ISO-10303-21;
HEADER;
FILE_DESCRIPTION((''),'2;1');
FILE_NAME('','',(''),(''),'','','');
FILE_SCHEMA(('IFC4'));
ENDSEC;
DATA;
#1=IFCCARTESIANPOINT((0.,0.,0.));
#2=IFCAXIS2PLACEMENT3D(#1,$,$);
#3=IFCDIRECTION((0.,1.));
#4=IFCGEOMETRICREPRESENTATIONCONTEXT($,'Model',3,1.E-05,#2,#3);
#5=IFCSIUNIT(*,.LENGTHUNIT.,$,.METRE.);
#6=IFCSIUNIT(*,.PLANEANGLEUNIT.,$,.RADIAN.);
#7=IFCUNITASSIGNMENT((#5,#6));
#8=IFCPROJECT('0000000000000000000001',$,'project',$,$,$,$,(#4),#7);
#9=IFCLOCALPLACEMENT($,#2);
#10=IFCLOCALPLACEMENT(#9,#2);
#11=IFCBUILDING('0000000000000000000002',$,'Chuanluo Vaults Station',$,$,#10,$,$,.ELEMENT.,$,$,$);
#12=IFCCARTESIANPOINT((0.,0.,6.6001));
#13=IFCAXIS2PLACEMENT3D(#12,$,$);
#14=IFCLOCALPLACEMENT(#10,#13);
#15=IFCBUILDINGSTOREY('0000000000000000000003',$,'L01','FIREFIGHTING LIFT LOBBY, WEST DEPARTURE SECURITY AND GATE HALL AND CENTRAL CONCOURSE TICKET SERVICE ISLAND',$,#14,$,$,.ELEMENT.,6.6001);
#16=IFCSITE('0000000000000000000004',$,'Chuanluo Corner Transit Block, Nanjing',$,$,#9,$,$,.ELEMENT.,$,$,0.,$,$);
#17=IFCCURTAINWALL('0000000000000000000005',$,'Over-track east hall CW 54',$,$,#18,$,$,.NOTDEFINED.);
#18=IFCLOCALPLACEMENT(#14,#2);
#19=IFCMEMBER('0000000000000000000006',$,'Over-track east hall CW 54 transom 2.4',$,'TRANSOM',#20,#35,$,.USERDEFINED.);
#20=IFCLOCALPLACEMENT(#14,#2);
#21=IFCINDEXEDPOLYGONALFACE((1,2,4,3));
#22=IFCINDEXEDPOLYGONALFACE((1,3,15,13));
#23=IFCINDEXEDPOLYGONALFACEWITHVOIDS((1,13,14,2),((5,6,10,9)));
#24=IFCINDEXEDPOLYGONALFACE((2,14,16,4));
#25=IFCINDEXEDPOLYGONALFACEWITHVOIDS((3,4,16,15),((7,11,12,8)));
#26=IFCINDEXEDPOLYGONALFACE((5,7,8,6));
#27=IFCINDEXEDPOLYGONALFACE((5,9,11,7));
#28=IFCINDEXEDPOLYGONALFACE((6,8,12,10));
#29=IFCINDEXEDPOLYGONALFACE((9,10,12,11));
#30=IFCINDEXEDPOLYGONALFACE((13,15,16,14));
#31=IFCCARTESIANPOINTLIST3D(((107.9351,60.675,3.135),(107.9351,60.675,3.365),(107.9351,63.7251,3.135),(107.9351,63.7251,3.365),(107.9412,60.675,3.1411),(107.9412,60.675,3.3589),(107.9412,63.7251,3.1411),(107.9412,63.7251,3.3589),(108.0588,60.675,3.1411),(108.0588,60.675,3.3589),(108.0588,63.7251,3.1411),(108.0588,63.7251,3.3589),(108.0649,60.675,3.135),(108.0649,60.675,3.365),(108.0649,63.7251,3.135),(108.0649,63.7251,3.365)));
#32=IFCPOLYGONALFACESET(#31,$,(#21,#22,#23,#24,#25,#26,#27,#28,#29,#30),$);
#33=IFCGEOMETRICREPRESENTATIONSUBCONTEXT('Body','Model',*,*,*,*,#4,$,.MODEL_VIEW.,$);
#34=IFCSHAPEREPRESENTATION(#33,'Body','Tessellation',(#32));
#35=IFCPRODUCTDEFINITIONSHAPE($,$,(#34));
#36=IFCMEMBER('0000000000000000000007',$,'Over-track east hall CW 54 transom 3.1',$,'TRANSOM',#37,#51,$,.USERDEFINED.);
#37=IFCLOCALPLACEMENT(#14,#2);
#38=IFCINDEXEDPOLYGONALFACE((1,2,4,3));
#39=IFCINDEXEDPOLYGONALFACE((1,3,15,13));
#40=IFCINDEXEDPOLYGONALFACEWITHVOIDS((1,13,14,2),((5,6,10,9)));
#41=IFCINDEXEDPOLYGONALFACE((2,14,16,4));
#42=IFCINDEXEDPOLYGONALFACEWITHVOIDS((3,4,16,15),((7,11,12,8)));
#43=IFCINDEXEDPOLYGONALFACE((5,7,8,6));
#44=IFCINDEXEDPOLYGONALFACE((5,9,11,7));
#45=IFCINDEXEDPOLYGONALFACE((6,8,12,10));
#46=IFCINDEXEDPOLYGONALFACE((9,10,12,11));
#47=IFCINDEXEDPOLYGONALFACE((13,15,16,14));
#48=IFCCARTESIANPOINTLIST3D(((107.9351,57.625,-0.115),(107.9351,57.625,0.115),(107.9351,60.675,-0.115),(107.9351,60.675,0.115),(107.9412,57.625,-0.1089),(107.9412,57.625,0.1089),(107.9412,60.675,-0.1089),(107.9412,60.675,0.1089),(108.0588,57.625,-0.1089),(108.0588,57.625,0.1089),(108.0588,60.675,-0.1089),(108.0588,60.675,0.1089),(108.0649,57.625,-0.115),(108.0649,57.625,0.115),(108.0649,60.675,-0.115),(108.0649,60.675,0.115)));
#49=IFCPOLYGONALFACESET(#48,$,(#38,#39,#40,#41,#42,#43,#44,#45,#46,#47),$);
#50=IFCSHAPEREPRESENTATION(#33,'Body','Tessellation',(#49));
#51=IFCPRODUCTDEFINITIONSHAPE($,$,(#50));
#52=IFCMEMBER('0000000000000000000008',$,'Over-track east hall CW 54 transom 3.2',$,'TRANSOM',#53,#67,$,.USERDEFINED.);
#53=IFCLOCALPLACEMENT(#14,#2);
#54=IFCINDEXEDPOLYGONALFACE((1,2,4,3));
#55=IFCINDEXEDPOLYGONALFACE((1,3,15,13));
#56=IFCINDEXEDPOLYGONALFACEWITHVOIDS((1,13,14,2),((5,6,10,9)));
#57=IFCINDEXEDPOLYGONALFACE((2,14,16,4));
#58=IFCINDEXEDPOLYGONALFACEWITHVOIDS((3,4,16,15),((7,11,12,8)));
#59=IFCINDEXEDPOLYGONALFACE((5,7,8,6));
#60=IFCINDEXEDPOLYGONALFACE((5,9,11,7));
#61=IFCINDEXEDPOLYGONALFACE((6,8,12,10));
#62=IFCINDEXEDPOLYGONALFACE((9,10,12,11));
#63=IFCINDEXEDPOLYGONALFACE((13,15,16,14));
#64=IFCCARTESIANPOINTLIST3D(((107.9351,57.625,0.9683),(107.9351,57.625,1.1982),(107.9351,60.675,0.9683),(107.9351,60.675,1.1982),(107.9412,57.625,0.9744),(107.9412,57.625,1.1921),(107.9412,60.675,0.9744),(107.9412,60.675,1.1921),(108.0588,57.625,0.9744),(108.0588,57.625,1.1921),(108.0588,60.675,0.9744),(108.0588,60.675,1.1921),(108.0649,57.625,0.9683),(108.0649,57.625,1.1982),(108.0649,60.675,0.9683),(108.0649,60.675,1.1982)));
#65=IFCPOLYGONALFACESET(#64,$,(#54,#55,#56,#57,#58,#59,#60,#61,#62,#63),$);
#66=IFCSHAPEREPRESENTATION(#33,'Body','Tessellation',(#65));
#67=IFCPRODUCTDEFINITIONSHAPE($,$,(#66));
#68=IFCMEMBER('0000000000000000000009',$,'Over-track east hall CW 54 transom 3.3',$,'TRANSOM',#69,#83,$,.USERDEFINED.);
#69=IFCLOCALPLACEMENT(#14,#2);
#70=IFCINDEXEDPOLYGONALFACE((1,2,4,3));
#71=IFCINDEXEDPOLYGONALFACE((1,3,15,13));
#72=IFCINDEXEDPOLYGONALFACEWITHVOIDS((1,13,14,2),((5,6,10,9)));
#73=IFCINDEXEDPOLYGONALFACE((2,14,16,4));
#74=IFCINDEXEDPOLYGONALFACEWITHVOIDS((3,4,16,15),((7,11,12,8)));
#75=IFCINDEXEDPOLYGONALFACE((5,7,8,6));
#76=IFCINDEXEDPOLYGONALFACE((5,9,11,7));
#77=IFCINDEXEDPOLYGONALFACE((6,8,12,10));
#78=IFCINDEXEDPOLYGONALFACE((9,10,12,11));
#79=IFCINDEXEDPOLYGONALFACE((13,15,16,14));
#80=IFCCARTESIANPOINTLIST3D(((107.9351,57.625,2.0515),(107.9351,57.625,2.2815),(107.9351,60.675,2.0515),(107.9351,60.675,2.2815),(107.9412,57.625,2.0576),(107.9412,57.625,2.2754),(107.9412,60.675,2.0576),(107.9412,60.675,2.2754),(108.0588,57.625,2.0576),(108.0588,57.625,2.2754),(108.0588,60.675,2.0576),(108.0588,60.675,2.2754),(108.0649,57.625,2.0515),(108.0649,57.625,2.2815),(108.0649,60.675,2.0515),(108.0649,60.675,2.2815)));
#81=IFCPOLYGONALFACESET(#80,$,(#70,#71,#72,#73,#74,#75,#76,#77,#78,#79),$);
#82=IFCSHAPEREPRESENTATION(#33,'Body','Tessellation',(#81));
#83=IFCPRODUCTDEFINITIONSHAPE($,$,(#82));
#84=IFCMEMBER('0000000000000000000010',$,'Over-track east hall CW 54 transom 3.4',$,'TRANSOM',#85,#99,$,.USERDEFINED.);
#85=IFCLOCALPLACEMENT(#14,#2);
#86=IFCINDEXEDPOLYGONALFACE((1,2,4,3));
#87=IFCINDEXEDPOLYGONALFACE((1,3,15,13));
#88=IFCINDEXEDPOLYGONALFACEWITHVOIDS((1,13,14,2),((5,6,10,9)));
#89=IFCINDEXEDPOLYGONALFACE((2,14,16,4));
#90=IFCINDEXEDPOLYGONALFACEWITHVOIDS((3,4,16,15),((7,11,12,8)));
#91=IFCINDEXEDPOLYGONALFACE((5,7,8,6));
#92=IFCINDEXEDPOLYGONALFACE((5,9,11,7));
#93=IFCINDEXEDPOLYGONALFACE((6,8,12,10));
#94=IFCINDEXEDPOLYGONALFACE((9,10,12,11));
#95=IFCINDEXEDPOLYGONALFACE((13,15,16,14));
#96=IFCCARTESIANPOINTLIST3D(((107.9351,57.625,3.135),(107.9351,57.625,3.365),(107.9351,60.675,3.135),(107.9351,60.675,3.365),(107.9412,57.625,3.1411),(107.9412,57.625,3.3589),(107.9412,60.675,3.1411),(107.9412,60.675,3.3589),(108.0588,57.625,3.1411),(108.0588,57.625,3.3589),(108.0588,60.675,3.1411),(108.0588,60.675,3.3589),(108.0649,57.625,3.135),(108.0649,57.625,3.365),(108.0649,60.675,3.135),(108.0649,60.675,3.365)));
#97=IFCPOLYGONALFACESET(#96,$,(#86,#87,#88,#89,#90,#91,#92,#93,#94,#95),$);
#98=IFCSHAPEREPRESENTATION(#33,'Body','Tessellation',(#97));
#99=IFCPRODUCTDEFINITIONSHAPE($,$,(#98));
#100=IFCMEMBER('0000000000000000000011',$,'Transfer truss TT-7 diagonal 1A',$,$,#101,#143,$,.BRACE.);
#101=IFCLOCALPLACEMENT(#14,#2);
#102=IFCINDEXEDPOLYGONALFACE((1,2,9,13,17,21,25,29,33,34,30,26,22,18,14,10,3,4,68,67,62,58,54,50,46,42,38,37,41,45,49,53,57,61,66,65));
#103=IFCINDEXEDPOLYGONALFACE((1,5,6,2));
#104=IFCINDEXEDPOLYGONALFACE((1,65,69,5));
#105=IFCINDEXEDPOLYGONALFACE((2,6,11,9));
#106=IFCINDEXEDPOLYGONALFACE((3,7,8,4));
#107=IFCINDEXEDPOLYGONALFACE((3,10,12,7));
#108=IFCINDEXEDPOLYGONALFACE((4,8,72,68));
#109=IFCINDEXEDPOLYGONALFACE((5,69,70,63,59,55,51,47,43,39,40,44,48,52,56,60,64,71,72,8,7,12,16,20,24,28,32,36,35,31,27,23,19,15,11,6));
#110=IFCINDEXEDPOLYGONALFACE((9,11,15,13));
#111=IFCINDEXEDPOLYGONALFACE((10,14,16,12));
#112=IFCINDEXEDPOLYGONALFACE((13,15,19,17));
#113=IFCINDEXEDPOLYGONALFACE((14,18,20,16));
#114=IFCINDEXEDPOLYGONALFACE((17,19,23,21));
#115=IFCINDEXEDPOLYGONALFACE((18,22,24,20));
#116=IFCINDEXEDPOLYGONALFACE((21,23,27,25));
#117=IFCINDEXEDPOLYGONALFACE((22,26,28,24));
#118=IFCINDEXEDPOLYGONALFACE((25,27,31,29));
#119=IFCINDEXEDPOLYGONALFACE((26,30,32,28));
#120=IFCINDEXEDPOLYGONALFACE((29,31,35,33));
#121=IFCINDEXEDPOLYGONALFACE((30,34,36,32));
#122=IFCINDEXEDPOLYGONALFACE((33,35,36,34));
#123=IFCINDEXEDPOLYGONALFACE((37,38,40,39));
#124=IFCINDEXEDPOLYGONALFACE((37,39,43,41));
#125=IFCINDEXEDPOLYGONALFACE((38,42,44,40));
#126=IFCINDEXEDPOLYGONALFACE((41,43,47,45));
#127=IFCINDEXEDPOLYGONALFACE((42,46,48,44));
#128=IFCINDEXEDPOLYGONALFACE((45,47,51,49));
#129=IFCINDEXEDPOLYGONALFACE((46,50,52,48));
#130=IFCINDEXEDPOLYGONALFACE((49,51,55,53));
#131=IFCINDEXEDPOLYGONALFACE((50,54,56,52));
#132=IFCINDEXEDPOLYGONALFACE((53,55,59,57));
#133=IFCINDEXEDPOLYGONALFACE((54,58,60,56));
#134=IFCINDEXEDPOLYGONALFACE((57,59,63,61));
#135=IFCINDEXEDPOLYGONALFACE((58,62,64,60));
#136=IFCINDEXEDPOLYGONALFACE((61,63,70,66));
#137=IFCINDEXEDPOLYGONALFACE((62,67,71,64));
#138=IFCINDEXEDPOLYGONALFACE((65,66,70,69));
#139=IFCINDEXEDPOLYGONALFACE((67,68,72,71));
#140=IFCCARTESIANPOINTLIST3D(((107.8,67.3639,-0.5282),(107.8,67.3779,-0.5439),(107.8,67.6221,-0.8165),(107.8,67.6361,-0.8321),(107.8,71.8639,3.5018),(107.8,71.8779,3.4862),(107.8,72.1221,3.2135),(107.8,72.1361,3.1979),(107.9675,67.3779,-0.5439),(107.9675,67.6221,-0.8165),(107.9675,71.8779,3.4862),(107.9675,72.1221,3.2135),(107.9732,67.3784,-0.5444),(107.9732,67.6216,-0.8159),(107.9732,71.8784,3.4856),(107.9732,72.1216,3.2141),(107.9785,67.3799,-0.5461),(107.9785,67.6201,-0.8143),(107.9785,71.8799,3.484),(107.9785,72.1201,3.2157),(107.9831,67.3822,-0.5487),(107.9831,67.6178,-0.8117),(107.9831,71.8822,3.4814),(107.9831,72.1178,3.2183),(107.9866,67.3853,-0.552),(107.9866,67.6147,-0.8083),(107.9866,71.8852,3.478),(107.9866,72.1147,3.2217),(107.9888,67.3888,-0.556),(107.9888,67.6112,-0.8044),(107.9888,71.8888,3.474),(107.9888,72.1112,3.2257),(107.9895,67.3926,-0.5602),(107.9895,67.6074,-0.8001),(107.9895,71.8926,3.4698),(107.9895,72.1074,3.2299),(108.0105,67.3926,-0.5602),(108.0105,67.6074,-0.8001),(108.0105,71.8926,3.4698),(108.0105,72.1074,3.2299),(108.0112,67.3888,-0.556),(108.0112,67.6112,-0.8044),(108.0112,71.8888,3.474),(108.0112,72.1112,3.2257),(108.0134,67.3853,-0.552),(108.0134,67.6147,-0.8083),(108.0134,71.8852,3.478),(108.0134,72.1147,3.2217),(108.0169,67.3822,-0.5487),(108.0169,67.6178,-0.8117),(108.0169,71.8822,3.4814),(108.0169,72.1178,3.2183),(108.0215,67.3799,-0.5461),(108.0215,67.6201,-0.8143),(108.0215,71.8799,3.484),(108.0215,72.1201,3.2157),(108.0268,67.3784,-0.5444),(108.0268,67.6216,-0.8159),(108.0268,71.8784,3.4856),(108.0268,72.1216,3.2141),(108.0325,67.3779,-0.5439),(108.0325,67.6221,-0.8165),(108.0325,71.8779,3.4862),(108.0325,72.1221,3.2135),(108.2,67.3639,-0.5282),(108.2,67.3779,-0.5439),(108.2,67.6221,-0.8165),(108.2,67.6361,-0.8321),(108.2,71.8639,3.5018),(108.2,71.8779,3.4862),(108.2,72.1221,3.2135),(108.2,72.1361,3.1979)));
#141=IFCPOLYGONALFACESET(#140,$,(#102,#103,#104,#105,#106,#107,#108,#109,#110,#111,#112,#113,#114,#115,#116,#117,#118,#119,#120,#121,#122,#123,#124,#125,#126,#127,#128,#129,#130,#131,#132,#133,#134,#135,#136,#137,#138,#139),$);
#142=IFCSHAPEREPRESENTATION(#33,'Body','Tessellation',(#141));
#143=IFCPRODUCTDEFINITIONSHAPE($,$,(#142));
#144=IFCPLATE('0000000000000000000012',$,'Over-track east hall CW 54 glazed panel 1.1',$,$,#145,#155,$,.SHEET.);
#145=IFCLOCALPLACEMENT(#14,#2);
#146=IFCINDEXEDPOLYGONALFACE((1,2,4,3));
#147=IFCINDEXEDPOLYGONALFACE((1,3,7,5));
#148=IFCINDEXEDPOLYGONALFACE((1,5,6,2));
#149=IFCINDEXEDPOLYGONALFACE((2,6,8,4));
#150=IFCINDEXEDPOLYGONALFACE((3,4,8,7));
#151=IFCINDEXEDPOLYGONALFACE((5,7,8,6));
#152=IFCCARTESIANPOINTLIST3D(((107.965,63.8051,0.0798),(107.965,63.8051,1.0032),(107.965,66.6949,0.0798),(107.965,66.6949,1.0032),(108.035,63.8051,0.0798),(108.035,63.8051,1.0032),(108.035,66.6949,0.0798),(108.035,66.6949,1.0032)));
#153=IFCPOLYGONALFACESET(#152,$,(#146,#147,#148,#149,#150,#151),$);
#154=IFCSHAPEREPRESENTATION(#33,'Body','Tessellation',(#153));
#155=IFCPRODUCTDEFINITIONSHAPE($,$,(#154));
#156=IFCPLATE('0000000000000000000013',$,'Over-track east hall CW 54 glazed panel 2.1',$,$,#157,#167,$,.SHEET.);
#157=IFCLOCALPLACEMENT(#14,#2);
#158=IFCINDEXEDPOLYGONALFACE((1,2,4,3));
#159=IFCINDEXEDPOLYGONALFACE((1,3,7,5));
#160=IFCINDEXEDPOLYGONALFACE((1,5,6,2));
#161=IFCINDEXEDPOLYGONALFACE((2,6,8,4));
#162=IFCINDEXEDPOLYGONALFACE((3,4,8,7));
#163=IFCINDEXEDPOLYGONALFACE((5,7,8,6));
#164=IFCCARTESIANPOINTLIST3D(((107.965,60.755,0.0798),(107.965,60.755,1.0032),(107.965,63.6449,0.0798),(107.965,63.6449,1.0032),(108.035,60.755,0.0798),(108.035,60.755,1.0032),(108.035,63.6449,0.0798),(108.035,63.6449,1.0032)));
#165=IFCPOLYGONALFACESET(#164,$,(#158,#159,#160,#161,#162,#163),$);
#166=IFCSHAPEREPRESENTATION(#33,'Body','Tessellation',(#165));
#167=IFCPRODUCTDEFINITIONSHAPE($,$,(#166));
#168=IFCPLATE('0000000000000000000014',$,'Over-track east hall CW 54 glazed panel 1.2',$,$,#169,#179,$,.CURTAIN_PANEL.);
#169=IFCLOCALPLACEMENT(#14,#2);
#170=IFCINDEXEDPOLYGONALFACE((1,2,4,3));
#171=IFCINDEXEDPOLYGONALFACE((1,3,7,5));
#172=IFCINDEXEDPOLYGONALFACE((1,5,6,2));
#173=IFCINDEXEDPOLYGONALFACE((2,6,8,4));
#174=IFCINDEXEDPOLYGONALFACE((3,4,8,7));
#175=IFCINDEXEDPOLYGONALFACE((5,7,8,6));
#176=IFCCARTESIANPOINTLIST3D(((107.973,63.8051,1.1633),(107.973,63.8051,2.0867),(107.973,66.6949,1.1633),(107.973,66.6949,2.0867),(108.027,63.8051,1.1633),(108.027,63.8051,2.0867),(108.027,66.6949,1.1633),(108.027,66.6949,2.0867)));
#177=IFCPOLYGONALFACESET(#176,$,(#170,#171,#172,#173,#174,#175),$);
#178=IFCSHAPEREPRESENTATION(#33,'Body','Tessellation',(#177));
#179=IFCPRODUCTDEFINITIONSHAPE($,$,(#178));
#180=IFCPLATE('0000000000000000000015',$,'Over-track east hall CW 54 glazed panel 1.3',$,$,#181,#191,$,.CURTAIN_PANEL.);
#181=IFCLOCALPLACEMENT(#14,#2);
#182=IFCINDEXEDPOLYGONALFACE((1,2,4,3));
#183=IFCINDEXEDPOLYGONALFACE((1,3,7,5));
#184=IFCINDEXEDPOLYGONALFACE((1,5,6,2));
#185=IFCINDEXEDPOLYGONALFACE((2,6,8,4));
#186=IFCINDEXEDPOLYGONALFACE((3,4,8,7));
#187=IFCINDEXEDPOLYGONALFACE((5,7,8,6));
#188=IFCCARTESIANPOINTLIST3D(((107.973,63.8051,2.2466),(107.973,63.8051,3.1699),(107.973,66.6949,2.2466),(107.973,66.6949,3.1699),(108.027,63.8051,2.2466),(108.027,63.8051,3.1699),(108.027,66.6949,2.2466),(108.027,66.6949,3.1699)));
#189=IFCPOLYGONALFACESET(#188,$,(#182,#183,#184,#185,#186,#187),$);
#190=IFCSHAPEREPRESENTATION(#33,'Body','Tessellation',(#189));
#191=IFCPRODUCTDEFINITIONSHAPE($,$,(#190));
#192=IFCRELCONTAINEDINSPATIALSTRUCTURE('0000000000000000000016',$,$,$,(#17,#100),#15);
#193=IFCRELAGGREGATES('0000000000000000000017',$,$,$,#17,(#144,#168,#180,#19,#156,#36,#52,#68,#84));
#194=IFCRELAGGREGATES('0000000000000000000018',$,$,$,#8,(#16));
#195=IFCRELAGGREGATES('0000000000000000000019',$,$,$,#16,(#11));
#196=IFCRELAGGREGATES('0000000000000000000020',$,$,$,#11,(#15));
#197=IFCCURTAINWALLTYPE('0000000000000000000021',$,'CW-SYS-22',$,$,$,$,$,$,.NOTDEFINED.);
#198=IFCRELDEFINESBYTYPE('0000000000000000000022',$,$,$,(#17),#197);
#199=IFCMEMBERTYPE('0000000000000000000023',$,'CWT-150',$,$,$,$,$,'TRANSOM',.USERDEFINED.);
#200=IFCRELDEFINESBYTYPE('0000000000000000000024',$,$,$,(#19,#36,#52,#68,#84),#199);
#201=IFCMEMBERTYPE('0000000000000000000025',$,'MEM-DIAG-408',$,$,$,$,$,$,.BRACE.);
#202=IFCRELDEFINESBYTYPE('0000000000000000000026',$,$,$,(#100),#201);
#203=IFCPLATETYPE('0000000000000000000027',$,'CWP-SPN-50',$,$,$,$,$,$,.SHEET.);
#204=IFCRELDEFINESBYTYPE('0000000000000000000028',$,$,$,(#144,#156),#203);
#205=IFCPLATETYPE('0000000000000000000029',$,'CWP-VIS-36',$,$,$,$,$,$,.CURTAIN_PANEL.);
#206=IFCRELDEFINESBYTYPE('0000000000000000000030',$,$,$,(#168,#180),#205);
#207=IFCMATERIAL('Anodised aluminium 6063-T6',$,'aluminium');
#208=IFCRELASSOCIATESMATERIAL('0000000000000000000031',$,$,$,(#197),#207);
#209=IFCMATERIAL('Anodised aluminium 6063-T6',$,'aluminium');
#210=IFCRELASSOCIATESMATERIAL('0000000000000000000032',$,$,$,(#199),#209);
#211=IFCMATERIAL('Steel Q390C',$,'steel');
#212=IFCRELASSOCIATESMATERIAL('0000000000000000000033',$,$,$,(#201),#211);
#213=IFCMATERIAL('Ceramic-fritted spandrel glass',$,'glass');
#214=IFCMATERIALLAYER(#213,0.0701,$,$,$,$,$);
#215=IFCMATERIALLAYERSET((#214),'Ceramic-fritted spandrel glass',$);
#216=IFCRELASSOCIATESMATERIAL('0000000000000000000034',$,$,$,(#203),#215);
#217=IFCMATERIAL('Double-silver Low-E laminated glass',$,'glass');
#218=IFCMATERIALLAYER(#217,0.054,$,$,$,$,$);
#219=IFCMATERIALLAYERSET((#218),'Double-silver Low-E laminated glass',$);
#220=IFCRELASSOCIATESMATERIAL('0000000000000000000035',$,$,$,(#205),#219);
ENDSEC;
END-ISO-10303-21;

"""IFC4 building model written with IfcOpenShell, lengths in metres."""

from ifc_helpers import new_model, si_unit, direction, frame, origin, origin_2d, place, context, subcontext, project, spatial, rectangle, hollow_rectangle, i_section, extrude, material, layer, layer_set, material_profile, profile_set, type_object, element, aggregate, save


model = new_model("IFC4")

# Units and contexts
model_context = context("Model", 3, precision=1e-05, world=origin(), true_north=direction((0.0, 1.0)))
body_context = subcontext(model_context, "Body", "Model", "MODEL_VIEW")
ifc_project = project(units=[si_unit("LENGTHUNIT", "METRE"), si_unit("PLANEANGLEUNIT", "RADIAN")], contexts=[model_context])

# Site, building, storey
site_placement = place(None, origin())
site = spatial("IfcSite", under=ifc_project, at=site_placement, Name="Chuanluo Corner Transit Block, Nanjing", CompositionType="ELEMENT", RefElevation=0.0)
building_placement = place(site_placement, origin())
building = spatial("IfcBuilding", under=site, at=building_placement, Name="Chuanluo Vaults Station", CompositionType="ELEMENT")
storey_placement = place(building_placement, frame((0.0, 0.0, 6.6001)))
storey = spatial("IfcBuildingStorey", under=building, at=storey_placement, Name="L01", Description="FIREFIGHTING LIFT LOBBY, WEST DEPARTURE SECURITY AND GATE HALL AND CENTRAL CONCOURSE TICKET SERVICE ISLAND", CompositionType="ELEMENT", Elevation=6.6001)

# Curtain wall, members
ifc_material_1 = material(Name="Anodised aluminium 6063-T6", Category="aluminium")
curtain_wall_type = type_object("IfcCurtainWallType", Name="CW-SYS-22", PredefinedType="NOTDEFINED", material=ifc_material_1)
curtain_wall_placement = place(storey_placement, origin())
curtain_wall = element("IfcCurtainWall", 1, at=curtain_wall_placement, inside=storey, type_object=curtain_wall_type, Name="Over-track east hall CW 54", PredefinedType="NOTDEFINED")
ifc_material_2 = material(Name="Anodised aluminium 6063-T6", Category="aluminium")
ifc_material_profile_1 = material_profile(ifc_material_2, hollow_rectangle(XDim=0.1299, YDim=0.23, WallThickness=0.0061, at=origin_2d()))
ifc_profile_set_1 = profile_set([ifc_material_profile_1], Name="Anodised aluminium 6063-T6")
member_type_1 = type_object("IfcMemberType", Name="CWT-150", ElementType="TRANSOM", PredefinedType="USERDEFINED", material=ifc_profile_set_1)
member_1_placement = place(storey_placement, frame((108.0, 63.7251, 3.25), z_axis=(0.0, -1.0, 0.0), x_axis=(1.0, 0.0, 0.0)))
member_1 = element("IfcMember", 2, at=member_1_placement, type_object=member_type_1, Name="Over-track east hall CW 54 transom 2.4", ObjectType="TRANSOM", PredefinedType="USERDEFINED", context=body_context, shape_type="SweptSolid", body=[
    extrude(hollow_rectangle(XDim=0.1299, YDim=0.23, WallThickness=0.0061, at=origin_2d()), origin(), (0.0, 0.0, 1.0), 3.05),
])
member_2_placement = place(storey_placement, frame((108.0, 60.675, 0.0), z_axis=(0.0, -1.0, 0.0), x_axis=(1.0, 0.0, 0.0)))
member_2 = element("IfcMember", 3, at=member_2_placement, type_object=member_type_1, Name="Over-track east hall CW 54 transom 3.1", ObjectType="TRANSOM", PredefinedType="USERDEFINED", context=body_context, shape_type="SweptSolid", body=[
    extrude(hollow_rectangle(XDim=0.1299, YDim=0.23, WallThickness=0.0061, at=origin_2d()), origin(), (0.0, 0.0, 1.0), 3.05),
])
member_3_placement = place(storey_placement, frame((108.0, 60.675, 1.0833), z_axis=(0.0, -1.0, 0.0), x_axis=(1.0, 0.0, 0.0)))
member_3 = element("IfcMember", 4, at=member_3_placement, type_object=member_type_1, Name="Over-track east hall CW 54 transom 3.2", ObjectType="TRANSOM", PredefinedType="USERDEFINED", context=body_context, shape_type="SweptSolid", body=[
    extrude(hollow_rectangle(XDim=0.1299, YDim=0.23, WallThickness=0.0061, at=origin_2d()), origin(), (0.0, 0.0, 1.0), 3.05),
])
member_4_placement = place(storey_placement, frame((108.0, 60.675, 2.1665), z_axis=(0.0, -1.0, 0.0), x_axis=(1.0, 0.0, 0.0)))
member_4 = element("IfcMember", 5, at=member_4_placement, type_object=member_type_1, Name="Over-track east hall CW 54 transom 3.3", ObjectType="TRANSOM", PredefinedType="USERDEFINED", context=body_context, shape_type="SweptSolid", body=[
    extrude(hollow_rectangle(XDim=0.1299, YDim=0.23, WallThickness=0.0061, at=origin_2d()), origin(), (0.0, 0.0, 1.0), 3.05),
])
member_5_placement = place(storey_placement, frame((108.0, 60.675, 3.25), z_axis=(0.0, -1.0, 0.0), x_axis=(1.0, 0.0, 0.0)))
member_5 = element("IfcMember", 6, at=member_5_placement, type_object=member_type_1, Name="Over-track east hall CW 54 transom 3.4", ObjectType="TRANSOM", PredefinedType="USERDEFINED", context=body_context, shape_type="SweptSolid", body=[
    extrude(hollow_rectangle(XDim=0.1299, YDim=0.23, WallThickness=0.0061, at=origin_2d()), origin(), (0.0, 0.0, 1.0), 3.05),
])

# Member
ifc_material_3 = material(Name="Steel Q390C", Category="steel")
ifc_material_profile_2 = material_profile(ifc_material_3, i_section(OverallWidth=0.3999, OverallDepth=0.408, WebThickness=0.021, FlangeThickness=0.021, FilletRadius=0.022, at=origin_2d()))
ifc_profile_set_2 = profile_set([ifc_material_profile_2], Name="Steel Q390C")
member_type_2 = type_object("IfcMemberType", Name="MEM-DIAG-408", PredefinedType="BRACE", material=ifc_profile_set_2)
member_6_placement = place(storey_placement, frame((108.0, 67.5, -0.6802), z_axis=(0.0, 0.744936, 0.667136), x_axis=(-1.0, 0.0, 0.0)))
element("IfcMember", 7, at=member_6_placement, inside=storey, type_object=member_type_2, Name="Transfer truss TT-7 diagonal 1A", PredefinedType="BRACE", context=body_context, shape_type="SweptSolid", body=[
    extrude(i_section(OverallWidth=0.3999, OverallDepth=0.408, WebThickness=0.021, FlangeThickness=0.021, FilletRadius=0.022, at=origin_2d()), origin(), (0.0, 0.0, 1.0), 6.0408),
])

# Plates
ifc_material_4 = material(Name="Ceramic-fritted spandrel glass", Category="glass")
ifc_layer_1 = layer(ifc_material_4, 0.0701)
ifc_layer_set_1 = layer_set([ifc_layer_1], Name="Ceramic-fritted spandrel glass")
plate_type_1 = type_object("IfcPlateType", Name="CWP-SPN-50", PredefinedType="SHEET", material=ifc_layer_set_1)
plate_1_placement = place(storey_placement, frame((108.0, 65.25, 0.0798), z_axis=(0.0, 0.0, 1.0), x_axis=(0.0, -1.0, 0.0)))
plate_1 = element("IfcPlate", 8, at=plate_1_placement, type_object=plate_type_1, Name="Over-track east hall CW 54 glazed panel 1.1", PredefinedType="SHEET", context=body_context, shape_type="SweptSolid", body=[
    extrude(rectangle(XDim=2.8899, YDim=0.0701, at=origin_2d()), origin(), (0.0, 0.0, 1.0), 0.9233),
])
plate_2_placement = place(storey_placement, frame((108.0, 62.2, 0.0798), z_axis=(0.0, 0.0, 1.0), x_axis=(0.0, -1.0, 0.0)))
plate_2 = element("IfcPlate", 9, at=plate_2_placement, type_object=plate_type_1, Name="Over-track east hall CW 54 glazed panel 2.1", PredefinedType="SHEET", context=body_context, shape_type="SweptSolid", body=[
    extrude(rectangle(XDim=2.8899, YDim=0.0701, at=origin_2d()), origin(), (0.0, 0.0, 1.0), 0.9233),
])
ifc_material_5 = material(Name="Double-silver Low-E laminated glass", Category="glass")
ifc_layer_2 = layer(ifc_material_5, 0.054)
ifc_layer_set_2 = layer_set([ifc_layer_2], Name="Double-silver Low-E laminated glass")
plate_type_2 = type_object("IfcPlateType", Name="CWP-VIS-36", PredefinedType="CURTAIN_PANEL", material=ifc_layer_set_2)
plate_3_placement = place(storey_placement, frame((108.0, 65.25, 1.1633), z_axis=(0.0, 0.0, 1.0), x_axis=(0.0, -1.0, 0.0)))
plate_3 = element("IfcPlate", 10, at=plate_3_placement, type_object=plate_type_2, Name="Over-track east hall CW 54 glazed panel 1.2", PredefinedType="CURTAIN_PANEL", context=body_context, shape_type="SweptSolid", body=[
    extrude(rectangle(XDim=2.8899, YDim=0.054, at=origin_2d()), origin(), (0.0, 0.0, 1.0), 0.9233),
])
plate_4_placement = place(storey_placement, frame((108.0, 65.25, 2.2466), z_axis=(0.0, 0.0, 1.0), x_axis=(0.0, -1.0, 0.0)))
plate_4 = element("IfcPlate", 11, at=plate_4_placement, type_object=plate_type_2, Name="Over-track east hall CW 54 glazed panel 1.3", PredefinedType="CURTAIN_PANEL", context=body_context, shape_type="SweptSolid", body=[
    extrude(rectangle(XDim=2.8899, YDim=0.054, at=origin_2d()), origin(), (0.0, 0.0, 1.0), 0.9233),
])
aggregate(curtain_wall, [plate_1, plate_3, plate_4, member_1, plate_2, member_2, member_3, member_4, member_5])

save(model, "model.ifc")
